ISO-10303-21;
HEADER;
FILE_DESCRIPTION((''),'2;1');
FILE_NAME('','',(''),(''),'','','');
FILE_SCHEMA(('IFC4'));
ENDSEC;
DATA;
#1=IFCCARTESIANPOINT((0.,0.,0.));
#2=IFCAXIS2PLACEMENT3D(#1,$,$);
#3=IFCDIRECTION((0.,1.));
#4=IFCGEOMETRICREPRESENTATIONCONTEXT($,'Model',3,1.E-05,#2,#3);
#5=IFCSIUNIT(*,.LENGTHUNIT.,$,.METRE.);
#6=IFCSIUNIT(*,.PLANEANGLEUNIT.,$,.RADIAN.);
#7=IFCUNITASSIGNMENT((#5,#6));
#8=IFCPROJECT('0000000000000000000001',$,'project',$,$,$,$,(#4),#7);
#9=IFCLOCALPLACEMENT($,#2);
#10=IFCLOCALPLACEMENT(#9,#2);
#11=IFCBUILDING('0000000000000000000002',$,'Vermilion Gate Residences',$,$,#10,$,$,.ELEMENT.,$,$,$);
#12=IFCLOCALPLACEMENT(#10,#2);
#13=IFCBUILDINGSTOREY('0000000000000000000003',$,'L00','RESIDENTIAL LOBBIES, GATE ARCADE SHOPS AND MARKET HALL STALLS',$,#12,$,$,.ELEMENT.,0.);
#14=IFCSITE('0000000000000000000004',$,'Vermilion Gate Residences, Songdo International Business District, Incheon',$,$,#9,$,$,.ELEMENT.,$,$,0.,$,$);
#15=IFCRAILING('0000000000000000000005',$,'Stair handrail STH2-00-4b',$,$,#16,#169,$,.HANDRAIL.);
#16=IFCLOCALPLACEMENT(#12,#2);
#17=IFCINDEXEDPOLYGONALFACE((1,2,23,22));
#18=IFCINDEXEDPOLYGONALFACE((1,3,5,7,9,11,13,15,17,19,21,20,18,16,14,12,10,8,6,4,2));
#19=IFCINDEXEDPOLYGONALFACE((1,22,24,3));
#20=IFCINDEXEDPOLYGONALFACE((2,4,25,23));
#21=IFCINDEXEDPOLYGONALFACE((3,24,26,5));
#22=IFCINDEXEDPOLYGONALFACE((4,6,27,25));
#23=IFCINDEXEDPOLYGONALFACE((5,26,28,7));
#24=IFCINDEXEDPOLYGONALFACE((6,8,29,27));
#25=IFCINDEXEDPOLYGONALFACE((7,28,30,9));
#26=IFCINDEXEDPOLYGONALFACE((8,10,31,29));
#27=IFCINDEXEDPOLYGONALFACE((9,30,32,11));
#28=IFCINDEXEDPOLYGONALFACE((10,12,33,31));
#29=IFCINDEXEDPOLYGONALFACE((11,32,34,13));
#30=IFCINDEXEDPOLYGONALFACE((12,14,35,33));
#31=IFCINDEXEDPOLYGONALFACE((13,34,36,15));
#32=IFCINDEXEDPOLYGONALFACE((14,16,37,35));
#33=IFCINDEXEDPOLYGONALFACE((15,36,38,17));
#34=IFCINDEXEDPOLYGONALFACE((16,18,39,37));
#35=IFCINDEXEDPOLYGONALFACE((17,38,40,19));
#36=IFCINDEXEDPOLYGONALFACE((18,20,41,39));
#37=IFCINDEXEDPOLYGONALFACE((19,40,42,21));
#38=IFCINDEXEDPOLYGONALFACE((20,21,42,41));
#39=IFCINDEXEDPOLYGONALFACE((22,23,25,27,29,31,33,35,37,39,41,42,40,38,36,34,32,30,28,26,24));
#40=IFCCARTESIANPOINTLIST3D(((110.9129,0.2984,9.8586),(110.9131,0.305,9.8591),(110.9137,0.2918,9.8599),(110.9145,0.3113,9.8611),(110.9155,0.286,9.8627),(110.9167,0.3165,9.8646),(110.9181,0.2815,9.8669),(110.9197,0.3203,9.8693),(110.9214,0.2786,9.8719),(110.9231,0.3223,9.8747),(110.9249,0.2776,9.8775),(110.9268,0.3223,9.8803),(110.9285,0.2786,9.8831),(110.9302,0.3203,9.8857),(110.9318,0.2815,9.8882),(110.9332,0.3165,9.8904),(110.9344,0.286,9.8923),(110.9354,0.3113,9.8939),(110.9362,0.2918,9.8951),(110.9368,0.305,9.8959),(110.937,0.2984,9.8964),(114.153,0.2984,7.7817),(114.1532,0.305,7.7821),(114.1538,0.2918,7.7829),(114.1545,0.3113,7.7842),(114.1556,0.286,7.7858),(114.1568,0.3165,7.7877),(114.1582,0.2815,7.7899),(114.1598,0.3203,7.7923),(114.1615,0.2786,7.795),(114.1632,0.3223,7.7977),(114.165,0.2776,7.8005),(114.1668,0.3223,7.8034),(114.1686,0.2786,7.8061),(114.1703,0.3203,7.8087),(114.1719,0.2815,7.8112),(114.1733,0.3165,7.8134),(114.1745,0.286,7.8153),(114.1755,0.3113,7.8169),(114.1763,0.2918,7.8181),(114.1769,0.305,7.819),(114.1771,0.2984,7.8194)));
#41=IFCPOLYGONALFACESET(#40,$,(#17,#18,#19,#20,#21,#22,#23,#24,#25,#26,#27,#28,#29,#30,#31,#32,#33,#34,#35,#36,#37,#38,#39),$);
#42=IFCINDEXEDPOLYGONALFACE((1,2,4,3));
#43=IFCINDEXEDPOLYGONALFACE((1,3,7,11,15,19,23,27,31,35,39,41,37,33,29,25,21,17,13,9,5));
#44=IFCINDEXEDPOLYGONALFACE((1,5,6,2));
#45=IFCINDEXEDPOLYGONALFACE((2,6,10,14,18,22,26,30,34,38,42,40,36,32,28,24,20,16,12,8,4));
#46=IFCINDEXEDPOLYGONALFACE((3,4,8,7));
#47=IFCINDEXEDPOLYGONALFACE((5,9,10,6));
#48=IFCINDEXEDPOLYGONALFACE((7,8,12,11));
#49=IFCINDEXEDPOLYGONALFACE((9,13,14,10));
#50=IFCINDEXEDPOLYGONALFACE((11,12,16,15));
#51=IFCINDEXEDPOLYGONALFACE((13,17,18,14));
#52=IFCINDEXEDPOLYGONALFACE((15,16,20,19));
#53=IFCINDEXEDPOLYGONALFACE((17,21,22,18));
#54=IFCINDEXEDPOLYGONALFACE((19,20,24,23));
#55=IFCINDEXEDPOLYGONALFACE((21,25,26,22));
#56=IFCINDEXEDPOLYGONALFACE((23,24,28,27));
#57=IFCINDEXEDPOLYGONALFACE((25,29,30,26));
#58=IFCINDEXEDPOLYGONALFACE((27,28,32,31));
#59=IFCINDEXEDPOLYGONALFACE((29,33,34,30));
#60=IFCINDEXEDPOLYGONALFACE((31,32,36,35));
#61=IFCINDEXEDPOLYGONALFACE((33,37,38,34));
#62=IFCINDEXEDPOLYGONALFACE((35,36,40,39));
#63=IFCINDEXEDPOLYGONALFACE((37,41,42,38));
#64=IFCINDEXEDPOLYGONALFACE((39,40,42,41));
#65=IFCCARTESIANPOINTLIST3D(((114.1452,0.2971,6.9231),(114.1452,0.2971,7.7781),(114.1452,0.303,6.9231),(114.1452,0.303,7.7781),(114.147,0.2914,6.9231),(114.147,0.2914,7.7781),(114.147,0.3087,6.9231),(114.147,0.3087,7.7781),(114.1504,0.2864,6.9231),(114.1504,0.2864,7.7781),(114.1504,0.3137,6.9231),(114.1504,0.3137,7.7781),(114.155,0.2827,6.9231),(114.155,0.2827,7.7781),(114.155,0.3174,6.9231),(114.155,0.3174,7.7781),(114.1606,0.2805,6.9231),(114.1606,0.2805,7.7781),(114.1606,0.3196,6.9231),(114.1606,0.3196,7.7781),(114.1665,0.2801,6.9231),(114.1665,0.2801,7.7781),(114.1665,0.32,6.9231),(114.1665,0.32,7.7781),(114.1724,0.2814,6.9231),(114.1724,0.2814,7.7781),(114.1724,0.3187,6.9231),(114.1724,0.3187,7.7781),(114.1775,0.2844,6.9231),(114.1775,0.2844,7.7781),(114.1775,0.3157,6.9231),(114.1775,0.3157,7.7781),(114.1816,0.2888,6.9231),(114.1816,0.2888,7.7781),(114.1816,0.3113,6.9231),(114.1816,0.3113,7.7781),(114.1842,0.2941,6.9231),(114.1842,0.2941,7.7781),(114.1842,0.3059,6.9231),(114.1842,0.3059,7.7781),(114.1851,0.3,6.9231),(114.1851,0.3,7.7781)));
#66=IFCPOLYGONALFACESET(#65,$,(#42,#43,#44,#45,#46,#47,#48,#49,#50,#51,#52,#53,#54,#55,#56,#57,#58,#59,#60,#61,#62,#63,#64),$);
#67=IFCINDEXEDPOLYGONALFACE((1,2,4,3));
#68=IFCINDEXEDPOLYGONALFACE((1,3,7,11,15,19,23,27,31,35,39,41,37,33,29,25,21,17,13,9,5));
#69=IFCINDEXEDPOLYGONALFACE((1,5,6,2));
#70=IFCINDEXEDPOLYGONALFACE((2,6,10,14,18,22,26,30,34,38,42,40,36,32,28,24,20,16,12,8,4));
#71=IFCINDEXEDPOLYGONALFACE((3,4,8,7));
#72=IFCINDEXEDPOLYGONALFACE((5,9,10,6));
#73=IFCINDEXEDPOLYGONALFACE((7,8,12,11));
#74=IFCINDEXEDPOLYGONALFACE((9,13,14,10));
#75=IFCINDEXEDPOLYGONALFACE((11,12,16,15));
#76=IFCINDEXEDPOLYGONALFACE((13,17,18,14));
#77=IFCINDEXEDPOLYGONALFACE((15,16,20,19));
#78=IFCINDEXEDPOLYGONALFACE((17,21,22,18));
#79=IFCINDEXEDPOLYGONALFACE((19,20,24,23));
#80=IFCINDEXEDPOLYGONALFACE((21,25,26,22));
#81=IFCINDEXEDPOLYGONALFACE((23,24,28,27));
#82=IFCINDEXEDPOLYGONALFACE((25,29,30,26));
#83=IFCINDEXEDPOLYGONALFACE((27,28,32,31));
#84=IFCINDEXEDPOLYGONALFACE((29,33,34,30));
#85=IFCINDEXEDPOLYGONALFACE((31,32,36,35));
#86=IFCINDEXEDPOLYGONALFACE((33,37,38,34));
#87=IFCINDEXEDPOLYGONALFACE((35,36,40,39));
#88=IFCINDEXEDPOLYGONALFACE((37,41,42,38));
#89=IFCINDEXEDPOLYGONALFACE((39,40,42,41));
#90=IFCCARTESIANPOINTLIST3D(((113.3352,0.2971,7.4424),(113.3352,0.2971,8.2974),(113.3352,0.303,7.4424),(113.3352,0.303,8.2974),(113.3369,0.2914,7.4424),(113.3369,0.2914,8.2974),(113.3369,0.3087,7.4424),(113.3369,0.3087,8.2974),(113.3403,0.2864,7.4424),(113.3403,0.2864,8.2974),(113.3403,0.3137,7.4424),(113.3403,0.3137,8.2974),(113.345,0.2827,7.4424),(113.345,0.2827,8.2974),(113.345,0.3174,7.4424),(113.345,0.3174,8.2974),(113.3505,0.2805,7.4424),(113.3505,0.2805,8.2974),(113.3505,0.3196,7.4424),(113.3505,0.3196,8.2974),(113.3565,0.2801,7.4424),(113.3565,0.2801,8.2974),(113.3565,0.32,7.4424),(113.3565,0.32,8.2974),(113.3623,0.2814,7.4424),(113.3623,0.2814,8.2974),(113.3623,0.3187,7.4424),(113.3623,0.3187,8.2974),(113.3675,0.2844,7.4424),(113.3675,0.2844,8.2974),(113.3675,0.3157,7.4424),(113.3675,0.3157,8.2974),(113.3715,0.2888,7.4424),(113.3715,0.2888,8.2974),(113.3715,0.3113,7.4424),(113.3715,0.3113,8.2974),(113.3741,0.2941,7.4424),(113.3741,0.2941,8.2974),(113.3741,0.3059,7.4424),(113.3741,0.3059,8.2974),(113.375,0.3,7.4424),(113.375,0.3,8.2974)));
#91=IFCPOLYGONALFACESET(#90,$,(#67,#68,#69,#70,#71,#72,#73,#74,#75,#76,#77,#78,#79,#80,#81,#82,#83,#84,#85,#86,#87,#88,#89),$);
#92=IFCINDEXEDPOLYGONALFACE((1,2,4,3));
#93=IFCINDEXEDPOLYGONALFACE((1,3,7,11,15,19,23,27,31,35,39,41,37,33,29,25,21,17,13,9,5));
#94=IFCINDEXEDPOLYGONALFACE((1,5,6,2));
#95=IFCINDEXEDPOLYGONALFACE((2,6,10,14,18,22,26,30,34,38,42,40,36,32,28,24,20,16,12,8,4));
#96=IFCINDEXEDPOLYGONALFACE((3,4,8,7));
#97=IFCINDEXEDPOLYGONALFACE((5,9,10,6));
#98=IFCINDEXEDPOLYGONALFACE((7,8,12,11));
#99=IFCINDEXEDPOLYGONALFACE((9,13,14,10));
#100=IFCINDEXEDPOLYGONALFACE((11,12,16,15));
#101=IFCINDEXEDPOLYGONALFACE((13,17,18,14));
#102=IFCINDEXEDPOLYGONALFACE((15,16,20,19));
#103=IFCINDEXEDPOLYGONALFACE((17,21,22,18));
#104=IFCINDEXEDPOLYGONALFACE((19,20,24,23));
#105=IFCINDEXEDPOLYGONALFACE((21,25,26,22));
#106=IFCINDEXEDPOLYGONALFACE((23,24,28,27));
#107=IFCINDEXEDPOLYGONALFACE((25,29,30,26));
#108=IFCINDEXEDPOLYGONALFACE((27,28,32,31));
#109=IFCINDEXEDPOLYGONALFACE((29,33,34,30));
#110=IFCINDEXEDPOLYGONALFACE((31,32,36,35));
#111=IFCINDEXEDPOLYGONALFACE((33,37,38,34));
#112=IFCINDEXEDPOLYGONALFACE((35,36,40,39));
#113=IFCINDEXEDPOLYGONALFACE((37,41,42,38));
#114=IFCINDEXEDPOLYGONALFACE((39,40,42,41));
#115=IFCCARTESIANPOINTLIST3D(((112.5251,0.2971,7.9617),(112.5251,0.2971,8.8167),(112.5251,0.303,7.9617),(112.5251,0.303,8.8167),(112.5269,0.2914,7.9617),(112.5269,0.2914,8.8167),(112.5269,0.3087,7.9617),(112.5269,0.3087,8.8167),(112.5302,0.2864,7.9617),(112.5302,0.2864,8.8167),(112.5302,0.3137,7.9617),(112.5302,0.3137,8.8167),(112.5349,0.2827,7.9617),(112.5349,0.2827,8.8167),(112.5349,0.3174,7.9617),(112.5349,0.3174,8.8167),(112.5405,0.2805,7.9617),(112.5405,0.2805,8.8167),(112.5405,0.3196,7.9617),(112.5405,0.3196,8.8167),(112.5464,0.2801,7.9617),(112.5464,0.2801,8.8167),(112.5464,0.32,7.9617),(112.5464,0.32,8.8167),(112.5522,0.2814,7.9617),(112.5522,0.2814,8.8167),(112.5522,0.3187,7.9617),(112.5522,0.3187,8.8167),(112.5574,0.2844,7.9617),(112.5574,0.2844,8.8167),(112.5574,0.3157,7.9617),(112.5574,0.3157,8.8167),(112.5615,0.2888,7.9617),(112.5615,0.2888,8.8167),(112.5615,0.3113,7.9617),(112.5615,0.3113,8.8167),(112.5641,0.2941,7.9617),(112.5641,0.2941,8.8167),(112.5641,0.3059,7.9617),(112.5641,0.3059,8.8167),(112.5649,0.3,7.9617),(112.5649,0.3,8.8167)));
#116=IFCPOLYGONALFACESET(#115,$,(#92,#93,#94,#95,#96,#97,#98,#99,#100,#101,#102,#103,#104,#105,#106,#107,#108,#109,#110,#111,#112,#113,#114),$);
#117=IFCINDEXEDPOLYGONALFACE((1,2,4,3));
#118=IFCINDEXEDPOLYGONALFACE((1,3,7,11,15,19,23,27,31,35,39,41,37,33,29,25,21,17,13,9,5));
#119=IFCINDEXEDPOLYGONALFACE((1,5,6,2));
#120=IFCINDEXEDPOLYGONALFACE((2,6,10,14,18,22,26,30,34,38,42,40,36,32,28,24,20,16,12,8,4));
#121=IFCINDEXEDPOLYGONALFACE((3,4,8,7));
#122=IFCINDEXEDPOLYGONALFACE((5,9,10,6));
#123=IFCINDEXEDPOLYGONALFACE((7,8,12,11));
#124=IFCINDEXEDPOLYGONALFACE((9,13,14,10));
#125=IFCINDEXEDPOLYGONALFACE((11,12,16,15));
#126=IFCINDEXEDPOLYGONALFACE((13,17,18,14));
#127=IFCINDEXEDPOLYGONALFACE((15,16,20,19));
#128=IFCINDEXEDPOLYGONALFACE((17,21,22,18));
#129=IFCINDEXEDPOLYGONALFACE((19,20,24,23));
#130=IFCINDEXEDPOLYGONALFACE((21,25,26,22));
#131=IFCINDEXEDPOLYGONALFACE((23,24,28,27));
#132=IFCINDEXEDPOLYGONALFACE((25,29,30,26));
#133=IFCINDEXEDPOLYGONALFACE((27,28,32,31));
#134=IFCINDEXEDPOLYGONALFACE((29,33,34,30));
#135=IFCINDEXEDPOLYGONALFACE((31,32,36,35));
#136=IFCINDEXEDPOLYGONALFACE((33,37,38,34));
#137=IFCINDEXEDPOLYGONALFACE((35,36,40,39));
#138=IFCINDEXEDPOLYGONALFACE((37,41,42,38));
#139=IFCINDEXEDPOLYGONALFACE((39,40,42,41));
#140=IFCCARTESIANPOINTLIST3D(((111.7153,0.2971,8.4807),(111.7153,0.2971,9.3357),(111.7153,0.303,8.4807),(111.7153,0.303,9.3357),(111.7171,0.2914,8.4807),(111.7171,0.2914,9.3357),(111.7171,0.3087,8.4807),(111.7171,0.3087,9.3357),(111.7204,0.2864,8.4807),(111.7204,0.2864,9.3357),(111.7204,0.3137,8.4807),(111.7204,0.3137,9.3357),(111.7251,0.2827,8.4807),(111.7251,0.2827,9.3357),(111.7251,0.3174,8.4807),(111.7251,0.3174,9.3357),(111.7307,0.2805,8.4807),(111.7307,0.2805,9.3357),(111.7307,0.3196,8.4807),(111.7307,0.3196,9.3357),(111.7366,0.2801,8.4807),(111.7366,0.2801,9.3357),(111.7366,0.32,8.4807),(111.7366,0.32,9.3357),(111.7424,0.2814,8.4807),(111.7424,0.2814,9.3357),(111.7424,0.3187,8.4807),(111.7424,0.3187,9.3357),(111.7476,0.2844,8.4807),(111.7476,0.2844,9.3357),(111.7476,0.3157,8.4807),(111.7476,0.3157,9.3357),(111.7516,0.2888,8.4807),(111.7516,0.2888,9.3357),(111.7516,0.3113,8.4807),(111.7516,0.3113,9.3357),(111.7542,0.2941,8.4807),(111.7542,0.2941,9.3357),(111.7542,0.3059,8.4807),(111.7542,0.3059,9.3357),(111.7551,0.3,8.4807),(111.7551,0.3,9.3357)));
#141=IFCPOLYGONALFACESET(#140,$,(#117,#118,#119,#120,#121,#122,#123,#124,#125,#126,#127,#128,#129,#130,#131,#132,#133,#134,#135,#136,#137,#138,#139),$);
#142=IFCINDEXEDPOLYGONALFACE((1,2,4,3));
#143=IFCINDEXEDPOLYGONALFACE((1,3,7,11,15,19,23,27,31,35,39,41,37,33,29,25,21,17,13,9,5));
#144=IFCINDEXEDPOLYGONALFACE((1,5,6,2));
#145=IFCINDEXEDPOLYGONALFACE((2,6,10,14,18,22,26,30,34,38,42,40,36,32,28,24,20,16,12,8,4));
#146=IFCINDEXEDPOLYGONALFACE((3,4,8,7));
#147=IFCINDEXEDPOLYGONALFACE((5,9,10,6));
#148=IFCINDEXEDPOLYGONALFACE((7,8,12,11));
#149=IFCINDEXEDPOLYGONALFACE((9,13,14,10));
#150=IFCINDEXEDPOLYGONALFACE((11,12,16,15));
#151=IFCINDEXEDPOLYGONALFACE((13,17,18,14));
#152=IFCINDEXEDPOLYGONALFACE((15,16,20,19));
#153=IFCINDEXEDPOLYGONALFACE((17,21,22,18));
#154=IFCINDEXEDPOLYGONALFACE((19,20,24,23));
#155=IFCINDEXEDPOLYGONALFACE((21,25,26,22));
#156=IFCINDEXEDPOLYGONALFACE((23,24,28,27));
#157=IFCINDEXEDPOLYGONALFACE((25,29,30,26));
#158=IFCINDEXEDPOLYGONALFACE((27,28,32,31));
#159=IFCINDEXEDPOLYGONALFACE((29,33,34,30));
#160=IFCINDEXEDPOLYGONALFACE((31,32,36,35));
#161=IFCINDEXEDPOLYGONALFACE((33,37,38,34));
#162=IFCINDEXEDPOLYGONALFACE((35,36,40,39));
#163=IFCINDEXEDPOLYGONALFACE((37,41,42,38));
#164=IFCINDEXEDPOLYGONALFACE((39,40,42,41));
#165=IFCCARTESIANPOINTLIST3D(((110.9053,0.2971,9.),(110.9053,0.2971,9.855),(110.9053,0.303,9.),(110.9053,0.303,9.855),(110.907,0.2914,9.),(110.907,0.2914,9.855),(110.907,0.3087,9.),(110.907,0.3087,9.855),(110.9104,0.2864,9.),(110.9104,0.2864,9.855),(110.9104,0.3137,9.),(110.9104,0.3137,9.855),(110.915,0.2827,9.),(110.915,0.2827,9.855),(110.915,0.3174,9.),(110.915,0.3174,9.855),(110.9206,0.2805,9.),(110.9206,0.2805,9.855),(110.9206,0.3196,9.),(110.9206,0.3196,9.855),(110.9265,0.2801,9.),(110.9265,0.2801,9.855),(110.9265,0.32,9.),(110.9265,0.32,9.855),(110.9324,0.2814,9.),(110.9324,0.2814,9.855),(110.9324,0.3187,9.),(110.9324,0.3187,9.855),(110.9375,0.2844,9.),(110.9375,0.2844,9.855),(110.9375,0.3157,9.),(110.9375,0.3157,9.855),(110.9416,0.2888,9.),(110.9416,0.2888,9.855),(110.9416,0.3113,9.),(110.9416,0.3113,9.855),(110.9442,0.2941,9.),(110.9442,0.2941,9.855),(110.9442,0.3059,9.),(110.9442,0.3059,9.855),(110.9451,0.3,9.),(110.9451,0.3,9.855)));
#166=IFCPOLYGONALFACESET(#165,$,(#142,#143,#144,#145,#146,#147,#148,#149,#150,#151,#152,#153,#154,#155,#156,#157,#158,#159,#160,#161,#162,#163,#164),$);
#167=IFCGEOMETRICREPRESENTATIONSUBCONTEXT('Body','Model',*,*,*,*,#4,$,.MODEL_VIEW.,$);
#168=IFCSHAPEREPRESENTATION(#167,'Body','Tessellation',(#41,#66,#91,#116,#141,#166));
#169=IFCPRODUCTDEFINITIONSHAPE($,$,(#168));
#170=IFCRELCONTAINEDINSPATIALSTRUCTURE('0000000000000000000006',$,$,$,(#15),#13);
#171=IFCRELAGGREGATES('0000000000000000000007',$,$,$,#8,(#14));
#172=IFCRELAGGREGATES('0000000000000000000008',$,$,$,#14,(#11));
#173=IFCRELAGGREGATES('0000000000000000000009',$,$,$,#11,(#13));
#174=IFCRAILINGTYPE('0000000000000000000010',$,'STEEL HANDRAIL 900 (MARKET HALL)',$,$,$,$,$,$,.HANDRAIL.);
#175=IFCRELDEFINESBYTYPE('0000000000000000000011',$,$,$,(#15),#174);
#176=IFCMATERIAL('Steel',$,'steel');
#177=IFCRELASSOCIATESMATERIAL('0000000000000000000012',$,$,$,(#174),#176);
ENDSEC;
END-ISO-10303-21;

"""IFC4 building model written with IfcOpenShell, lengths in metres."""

from ifc_helpers import new_model, si_unit, direction, frame, origin, origin_2d, place, context, subcontext, project, spatial, circle, extrude, material, type_object, element, save


model = new_model("IFC4")

# Units and contexts
model_context = context("Model", 3, precision=1e-05, world=origin(), true_north=direction((0.0, 1.0)))
body_context = subcontext(model_context, "Body", "Model", "MODEL_VIEW")
ifc_project = project(units=[si_unit("LENGTHUNIT", "METRE"), si_unit("PLANEANGLEUNIT", "RADIAN")], contexts=[model_context])

# Site, building, storey
site_placement = place(None, origin())
site = spatial("IfcSite", under=ifc_project, at=site_placement, Name="Vermilion Gate Residences, Songdo International Business District, Incheon", CompositionType="ELEMENT", RefElevation=0.0)
building_placement = place(site_placement, origin())
building = spatial("IfcBuilding", under=site, at=building_placement, Name="Vermilion Gate Residences", CompositionType="ELEMENT")
storey_placement = place(building_placement, origin())
storey = spatial("IfcBuildingStorey", under=building, at=storey_placement, Name="L00", Description="RESIDENTIAL LOBBIES, GATE ARCADE SHOPS AND MARKET HALL STALLS", CompositionType="ELEMENT", Elevation=0.0)

# Railing
ifc_material_1 = material(Name="Steel", Category="steel")
railing_type = type_object("IfcRailingType", Name="STEEL HANDRAIL 900 (MARKET HALL)", PredefinedType="HANDRAIL", material=ifc_material_1)
for number, where, name in (
    (1, (114.165, 0.3, 6.9231), "Stair handrail STH2-00-4b"),
):
    element("IfcRailing", number, at=place(storey_placement, frame(where)), inside=storey, type_object=railing_type, Name=name, PredefinedType="HANDRAIL", context=body_context, shape_type="SweptSolid", body=[
        extrude(circle(Radius=0.0225, at=origin_2d()), frame((0.0, 0.0, 0.8774), z_axis=(-0.841881, 0.0, 0.539664), x_axis=(0.0, -1.0, 0.0)), (0.0, 0.0, 1.0), 3.8486),
        extrude(circle(Radius=0.02, at=origin_2d()), origin(), (0.0, 0.0, 1.0), 0.855),
        extrude(circle(Radius=0.02, at=origin_2d()), frame((-0.8101, 0.0, 0.5193)), (0.0, 0.0, 1.0), 0.855),
        extrude(circle(Radius=0.02, at=origin_2d()), frame((-1.6201, 0.0, 1.0386)), (0.0, 0.0, 1.0), 0.855),
        extrude(circle(Radius=0.02, at=origin_2d()), frame((-2.4299, 0.0, 1.5576)), (0.0, 0.0, 1.0), 0.855),
        extrude(circle(Radius=0.02, at=origin_2d()), frame((-3.24, 0.0, 2.0769)), (0.0, 0.0, 1.0), 0.855),
    ])

save(model, "model.ifc")
